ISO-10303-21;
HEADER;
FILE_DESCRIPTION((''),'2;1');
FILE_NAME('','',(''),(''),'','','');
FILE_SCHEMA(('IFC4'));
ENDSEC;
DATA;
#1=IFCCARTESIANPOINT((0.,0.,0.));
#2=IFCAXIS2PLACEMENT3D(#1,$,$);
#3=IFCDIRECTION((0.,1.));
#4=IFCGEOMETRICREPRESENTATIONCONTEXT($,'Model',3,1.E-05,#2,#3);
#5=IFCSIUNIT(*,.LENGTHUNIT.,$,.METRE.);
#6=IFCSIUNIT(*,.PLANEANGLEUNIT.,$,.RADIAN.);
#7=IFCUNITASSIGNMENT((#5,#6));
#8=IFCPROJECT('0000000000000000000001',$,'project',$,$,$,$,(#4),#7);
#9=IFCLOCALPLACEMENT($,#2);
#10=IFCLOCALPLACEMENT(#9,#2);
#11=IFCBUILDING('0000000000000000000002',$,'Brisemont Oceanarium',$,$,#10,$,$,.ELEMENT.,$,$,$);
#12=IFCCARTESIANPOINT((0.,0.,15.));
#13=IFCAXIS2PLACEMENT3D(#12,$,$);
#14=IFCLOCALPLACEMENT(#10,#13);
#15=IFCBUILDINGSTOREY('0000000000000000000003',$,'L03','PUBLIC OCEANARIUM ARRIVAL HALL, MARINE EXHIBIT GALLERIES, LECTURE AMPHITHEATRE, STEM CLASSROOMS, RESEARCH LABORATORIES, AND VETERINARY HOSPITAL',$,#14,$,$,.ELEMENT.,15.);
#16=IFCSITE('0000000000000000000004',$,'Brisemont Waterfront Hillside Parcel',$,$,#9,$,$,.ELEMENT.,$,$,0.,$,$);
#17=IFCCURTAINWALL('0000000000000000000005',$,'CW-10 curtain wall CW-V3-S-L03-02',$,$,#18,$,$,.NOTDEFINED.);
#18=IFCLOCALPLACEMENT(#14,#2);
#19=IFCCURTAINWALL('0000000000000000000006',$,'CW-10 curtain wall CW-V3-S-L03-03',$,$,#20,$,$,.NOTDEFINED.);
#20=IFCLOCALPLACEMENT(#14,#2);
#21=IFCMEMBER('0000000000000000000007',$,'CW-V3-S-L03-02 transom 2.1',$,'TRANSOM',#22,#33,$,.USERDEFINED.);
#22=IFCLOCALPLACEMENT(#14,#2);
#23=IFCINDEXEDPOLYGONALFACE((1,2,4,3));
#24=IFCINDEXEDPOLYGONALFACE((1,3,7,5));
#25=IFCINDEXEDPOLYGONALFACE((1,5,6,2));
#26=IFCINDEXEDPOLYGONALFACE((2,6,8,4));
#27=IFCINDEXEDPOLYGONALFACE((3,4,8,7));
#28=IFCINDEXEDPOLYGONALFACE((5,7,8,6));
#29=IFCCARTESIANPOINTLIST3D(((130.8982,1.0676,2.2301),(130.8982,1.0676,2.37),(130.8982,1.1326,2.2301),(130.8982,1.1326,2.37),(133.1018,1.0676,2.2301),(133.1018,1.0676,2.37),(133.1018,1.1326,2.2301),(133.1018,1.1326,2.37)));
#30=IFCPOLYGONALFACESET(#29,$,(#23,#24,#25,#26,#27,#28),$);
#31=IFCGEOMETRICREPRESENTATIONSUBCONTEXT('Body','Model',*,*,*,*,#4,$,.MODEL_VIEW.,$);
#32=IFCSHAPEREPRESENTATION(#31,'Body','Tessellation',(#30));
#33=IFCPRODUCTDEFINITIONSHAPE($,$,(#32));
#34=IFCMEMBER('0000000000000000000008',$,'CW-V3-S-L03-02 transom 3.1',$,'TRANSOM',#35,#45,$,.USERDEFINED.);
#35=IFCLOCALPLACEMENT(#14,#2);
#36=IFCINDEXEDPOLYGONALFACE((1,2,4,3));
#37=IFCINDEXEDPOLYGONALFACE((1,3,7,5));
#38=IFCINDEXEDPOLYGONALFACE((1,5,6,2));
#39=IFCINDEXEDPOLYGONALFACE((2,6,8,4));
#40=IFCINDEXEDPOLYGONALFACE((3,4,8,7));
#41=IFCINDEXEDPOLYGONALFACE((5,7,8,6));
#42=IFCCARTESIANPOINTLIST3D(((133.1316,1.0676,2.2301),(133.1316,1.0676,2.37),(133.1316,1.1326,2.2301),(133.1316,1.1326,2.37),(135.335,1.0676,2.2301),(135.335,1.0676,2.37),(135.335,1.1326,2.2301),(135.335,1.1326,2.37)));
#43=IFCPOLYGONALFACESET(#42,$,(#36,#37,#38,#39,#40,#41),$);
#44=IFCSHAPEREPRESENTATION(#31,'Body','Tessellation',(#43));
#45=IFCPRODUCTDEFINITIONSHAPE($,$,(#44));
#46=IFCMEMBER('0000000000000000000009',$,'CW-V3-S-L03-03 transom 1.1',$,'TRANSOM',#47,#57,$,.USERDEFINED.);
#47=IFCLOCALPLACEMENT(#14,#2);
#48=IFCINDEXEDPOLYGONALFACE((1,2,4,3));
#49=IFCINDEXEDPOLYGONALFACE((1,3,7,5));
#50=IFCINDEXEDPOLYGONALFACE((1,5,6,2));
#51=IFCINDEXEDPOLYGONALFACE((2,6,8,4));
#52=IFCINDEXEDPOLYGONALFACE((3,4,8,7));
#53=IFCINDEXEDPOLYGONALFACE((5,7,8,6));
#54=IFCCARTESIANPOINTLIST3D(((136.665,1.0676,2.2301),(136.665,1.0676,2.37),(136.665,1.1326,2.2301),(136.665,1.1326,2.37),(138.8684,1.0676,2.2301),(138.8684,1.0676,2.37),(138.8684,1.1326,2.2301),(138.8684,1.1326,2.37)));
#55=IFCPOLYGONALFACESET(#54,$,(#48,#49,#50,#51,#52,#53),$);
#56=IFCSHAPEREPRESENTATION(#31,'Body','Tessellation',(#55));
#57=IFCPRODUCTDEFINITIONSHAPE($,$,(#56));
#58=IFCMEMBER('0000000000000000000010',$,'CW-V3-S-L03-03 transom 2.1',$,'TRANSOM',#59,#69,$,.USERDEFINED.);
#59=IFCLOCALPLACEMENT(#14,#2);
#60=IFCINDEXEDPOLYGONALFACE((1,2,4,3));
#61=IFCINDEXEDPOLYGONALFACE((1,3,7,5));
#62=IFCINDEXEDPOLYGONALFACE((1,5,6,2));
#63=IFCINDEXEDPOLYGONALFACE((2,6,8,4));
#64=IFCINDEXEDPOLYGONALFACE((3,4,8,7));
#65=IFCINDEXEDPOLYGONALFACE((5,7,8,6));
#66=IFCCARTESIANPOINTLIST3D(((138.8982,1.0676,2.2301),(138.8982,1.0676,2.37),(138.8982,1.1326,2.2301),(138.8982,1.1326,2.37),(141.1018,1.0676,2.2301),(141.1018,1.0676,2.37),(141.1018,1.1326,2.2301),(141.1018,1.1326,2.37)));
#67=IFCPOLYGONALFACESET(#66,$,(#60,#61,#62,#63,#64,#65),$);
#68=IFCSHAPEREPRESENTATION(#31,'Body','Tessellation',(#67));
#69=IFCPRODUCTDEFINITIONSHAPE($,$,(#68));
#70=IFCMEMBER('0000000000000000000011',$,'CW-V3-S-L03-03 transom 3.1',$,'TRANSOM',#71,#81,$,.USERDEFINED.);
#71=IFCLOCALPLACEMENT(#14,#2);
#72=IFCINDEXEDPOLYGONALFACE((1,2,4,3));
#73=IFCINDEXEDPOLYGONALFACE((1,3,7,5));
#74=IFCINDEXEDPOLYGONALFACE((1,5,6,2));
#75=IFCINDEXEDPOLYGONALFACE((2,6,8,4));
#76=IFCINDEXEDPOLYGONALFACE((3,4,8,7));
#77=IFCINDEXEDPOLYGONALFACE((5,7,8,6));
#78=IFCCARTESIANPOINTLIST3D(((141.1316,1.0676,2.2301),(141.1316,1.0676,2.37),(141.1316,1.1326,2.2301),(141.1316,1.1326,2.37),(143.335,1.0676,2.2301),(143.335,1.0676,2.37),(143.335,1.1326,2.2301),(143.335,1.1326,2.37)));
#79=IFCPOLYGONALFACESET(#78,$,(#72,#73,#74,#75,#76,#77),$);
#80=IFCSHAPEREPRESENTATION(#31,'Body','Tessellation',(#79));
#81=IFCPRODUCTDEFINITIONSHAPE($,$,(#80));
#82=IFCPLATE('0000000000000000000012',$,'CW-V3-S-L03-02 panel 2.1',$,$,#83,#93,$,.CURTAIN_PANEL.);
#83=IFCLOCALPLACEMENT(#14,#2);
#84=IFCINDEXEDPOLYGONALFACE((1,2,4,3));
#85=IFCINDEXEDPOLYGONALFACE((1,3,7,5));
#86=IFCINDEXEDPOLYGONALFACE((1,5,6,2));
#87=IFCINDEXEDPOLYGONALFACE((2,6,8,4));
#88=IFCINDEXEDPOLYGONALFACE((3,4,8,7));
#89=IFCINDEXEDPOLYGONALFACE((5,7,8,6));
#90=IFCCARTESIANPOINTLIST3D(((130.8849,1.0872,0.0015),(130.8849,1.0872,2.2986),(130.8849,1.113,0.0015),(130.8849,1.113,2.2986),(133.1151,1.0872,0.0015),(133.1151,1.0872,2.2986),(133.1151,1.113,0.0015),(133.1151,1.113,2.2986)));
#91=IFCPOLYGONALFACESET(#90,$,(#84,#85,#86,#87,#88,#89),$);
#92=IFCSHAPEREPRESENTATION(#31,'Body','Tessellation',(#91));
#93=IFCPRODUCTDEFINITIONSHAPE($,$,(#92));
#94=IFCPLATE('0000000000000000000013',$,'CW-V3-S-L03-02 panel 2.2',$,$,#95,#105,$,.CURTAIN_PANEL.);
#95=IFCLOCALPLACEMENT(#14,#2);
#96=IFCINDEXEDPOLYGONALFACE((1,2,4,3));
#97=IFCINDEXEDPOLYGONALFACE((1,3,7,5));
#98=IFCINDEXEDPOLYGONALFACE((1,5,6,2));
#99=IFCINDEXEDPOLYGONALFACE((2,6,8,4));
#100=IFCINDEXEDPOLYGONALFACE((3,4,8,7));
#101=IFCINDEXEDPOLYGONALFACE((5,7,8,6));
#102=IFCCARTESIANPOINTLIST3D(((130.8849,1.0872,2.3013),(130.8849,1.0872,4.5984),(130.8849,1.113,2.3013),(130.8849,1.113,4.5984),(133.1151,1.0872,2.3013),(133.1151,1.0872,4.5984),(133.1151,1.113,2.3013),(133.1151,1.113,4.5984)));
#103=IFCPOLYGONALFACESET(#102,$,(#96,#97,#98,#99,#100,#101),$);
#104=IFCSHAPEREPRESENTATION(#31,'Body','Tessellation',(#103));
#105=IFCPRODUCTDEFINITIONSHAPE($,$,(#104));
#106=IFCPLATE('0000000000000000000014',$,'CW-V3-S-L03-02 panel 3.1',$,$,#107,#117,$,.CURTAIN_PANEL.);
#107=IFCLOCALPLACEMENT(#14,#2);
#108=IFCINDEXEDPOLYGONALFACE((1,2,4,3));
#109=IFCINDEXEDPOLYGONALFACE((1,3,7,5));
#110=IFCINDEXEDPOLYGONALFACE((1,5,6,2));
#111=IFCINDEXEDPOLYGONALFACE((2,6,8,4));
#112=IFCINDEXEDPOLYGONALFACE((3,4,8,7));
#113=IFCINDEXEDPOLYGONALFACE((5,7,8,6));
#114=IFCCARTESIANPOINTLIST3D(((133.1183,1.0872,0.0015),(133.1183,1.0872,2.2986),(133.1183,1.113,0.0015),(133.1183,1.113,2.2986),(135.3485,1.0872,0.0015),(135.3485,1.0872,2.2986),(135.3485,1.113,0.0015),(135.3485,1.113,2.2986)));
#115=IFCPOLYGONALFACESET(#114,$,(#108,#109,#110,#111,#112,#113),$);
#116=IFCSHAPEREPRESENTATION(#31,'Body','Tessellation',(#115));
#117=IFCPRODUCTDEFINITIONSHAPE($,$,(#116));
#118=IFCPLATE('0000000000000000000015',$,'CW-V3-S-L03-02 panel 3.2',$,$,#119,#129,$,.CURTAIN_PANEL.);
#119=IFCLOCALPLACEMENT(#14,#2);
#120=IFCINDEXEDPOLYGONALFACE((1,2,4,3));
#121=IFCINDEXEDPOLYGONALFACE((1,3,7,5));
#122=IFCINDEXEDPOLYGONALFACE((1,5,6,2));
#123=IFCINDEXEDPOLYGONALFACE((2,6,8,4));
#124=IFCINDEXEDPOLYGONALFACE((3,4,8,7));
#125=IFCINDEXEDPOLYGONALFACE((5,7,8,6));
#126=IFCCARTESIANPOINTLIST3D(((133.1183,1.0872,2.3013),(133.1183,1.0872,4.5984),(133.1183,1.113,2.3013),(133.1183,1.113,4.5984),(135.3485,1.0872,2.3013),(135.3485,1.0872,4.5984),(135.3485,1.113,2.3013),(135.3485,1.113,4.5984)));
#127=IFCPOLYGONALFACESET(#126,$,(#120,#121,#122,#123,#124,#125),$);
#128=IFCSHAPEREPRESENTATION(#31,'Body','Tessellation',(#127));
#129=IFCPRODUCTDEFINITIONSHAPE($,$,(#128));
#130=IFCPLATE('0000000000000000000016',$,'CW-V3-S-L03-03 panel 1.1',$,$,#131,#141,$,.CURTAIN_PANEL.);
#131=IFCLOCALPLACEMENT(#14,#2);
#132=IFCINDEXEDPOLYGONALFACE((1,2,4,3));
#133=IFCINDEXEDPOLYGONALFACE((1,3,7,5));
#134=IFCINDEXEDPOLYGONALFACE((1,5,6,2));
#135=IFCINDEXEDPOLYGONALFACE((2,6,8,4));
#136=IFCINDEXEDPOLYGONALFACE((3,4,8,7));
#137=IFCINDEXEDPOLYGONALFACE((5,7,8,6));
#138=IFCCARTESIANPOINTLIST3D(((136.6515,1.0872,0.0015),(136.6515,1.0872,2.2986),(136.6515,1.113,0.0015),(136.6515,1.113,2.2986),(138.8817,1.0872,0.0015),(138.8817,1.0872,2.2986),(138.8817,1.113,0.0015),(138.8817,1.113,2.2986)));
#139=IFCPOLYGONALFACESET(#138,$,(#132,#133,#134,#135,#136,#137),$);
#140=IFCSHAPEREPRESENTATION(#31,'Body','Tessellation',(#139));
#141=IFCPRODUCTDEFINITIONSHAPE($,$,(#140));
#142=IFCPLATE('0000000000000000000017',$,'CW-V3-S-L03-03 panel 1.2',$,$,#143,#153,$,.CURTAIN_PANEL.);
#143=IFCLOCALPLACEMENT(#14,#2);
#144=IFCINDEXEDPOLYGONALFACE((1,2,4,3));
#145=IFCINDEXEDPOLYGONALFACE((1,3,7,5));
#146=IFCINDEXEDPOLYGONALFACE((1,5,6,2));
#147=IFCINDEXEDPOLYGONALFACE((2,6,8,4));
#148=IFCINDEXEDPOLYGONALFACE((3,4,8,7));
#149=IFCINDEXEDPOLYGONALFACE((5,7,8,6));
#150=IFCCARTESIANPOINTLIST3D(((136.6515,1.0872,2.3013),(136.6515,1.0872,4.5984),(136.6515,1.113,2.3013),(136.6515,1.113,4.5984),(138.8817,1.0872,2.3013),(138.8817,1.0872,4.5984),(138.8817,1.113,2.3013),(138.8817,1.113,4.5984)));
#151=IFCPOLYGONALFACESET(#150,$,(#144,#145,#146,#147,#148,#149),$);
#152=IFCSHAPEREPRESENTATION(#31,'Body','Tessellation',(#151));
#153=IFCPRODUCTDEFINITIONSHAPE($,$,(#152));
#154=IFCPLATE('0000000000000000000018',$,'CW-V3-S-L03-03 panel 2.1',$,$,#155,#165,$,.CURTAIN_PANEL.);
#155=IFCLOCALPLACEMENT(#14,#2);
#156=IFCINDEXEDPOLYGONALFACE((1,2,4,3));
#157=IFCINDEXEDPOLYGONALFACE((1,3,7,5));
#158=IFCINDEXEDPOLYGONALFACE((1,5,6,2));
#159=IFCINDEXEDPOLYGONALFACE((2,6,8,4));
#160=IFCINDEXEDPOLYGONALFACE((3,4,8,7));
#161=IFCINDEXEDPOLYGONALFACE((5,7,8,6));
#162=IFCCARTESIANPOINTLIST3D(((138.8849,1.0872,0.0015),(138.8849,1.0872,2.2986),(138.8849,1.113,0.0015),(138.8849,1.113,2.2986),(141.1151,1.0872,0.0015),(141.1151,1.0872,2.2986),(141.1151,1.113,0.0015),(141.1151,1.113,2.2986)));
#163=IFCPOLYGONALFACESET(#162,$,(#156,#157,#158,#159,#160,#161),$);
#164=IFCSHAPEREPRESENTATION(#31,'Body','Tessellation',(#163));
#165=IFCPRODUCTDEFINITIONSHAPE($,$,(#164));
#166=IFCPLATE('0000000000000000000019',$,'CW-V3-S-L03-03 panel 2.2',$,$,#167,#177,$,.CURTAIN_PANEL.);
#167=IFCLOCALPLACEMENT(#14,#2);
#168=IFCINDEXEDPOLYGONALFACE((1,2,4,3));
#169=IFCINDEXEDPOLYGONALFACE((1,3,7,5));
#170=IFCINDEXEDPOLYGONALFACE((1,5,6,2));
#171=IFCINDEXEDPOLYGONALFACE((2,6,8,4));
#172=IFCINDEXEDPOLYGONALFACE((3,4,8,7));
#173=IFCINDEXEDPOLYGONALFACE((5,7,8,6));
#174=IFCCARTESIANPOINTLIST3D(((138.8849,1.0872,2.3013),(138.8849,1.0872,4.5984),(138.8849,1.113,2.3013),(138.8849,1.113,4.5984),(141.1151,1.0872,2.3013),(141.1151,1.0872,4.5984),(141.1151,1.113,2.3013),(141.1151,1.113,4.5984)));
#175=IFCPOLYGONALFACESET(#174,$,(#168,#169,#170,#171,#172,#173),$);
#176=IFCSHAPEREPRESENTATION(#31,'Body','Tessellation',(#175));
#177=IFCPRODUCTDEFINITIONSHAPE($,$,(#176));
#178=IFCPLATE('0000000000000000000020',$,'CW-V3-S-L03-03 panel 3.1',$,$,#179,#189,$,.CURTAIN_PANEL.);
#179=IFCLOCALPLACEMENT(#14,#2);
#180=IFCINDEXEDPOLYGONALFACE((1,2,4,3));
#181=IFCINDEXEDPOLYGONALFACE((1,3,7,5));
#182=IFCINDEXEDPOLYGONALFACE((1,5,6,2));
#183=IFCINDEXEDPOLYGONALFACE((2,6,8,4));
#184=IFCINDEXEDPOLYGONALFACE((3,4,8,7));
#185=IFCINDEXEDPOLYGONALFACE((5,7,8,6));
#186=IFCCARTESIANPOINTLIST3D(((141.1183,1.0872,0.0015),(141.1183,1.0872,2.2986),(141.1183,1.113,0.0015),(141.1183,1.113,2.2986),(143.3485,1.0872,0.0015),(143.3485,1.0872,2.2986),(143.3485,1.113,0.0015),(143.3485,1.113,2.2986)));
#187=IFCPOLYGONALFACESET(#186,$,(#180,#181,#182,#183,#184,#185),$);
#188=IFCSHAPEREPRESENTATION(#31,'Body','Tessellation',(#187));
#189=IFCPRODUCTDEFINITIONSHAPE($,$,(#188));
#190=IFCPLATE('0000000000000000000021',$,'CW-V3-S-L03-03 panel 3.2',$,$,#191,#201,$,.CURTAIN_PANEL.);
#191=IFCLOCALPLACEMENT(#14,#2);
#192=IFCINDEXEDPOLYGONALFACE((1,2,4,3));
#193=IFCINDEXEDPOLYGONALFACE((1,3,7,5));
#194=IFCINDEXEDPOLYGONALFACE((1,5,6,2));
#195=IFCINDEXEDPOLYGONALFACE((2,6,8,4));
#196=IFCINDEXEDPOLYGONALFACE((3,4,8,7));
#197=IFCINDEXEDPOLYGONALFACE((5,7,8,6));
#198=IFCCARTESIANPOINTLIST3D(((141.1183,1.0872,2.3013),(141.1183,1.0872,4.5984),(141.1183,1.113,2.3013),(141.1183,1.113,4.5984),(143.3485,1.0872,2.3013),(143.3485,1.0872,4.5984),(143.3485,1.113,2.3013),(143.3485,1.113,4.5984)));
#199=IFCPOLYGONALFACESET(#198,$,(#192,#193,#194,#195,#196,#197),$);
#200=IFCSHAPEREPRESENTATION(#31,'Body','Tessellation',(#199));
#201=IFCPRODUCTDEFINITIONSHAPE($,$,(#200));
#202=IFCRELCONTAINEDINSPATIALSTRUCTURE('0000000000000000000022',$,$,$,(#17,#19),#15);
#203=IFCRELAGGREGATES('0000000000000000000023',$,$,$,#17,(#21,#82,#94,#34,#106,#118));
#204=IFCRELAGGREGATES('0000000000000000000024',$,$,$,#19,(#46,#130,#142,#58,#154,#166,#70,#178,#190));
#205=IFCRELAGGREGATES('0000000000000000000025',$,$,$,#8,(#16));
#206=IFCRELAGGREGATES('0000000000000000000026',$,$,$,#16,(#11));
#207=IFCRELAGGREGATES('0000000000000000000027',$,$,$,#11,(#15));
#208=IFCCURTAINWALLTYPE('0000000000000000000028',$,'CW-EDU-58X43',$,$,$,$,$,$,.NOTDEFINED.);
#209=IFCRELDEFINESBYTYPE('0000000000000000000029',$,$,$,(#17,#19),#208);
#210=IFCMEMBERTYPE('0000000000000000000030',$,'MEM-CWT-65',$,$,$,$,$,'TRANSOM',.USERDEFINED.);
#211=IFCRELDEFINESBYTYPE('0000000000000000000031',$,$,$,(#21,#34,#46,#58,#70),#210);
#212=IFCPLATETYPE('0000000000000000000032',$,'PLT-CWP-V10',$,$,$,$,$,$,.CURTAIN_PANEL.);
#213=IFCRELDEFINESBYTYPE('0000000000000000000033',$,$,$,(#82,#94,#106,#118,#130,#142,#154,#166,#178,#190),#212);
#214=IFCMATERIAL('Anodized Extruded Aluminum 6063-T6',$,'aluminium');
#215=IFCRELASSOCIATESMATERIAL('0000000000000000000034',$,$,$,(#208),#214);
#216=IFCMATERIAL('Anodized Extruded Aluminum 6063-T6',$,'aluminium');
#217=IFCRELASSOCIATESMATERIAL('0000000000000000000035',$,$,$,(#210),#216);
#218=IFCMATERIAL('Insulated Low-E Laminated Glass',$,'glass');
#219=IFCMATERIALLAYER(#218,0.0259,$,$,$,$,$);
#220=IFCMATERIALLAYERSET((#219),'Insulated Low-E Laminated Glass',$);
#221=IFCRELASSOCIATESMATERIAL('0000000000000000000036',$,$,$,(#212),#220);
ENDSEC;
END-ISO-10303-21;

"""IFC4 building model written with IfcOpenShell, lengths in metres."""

from ifc_helpers import new_model, si_unit, direction, frame, origin, origin_2d, place, context, subcontext, project, spatial, rectangle, extrude, material, layer, layer_set, material_profile, profile_set, type_object, element, aggregate, save


model = new_model("IFC4")

# Units and contexts
model_context = context("Model", 3, precision=1e-05, world=origin(), true_north=direction((0.0, 1.0)))
body_context = subcontext(model_context, "Body", "Model", "MODEL_VIEW")
ifc_project = project(units=[si_unit("LENGTHUNIT", "METRE"), si_unit("PLANEANGLEUNIT", "RADIAN")], contexts=[model_context])

# Site, building, storey
site_placement = place(None, origin())
site = spatial("IfcSite", under=ifc_project, at=site_placement, Name="Brisemont Waterfront Hillside Parcel", CompositionType="ELEMENT", RefElevation=0.0)
building_placement = place(site_placement, origin())
building = spatial("IfcBuilding", under=site, at=building_placement, Name="Brisemont Oceanarium", CompositionType="ELEMENT")
storey_placement = place(building_placement, frame((0.0, 0.0, 15.0)))
storey = spatial("IfcBuildingStorey", under=building, at=storey_placement, Name="L03", Description="PUBLIC OCEANARIUM ARRIVAL HALL, MARINE EXHIBIT GALLERIES, LECTURE AMPHITHEATRE, STEM CLASSROOMS, RESEARCH LABORATORIES, AND VETERINARY HOSPITAL", CompositionType="ELEMENT", Elevation=15.0)

# Curtain walls
ifc_material_1 = material(Name="Anodized Extruded Aluminum 6063-T6", Category="aluminium")
curtain_wall_type = type_object("IfcCurtainWallType", Name="CW-EDU-58X43", PredefinedType="NOTDEFINED", material=ifc_material_1)
curtain_wall_1_placement = place(storey_placement, origin())
curtain_wall_1 = element("IfcCurtainWall", 1, at=curtain_wall_1_placement, inside=storey, type_object=curtain_wall_type, Name="CW-10 curtain wall CW-V3-S-L03-02", PredefinedType="NOTDEFINED")
curtain_wall_2_placement = place(storey_placement, origin())
curtain_wall_2 = element("IfcCurtainWall", 2, at=curtain_wall_2_placement, inside=storey, type_object=curtain_wall_type, Name="CW-10 curtain wall CW-V3-S-L03-03", PredefinedType="NOTDEFINED")

# Members
ifc_material_2 = material(Name="Anodized Extruded Aluminum 6063-T6", Category="aluminium")
ifc_material_profile_1 = material_profile(ifc_material_2, rectangle(XDim=0.0649, YDim=0.1399, at=origin_2d()), Name="CWT-65X140")
ifc_profile_set_1 = profile_set([ifc_material_profile_1], Name="Anodized Extruded Aluminum 6063-T6")
member_type_1 = type_object("IfcMemberType", Name="MEM-CWT-65", ElementType="TRANSOM", PredefinedType="USERDEFINED", material=ifc_profile_set_1)
member_1_placement = place(storey_placement, frame((130.8982, 1.1001, 2.3), z_axis=(1.0, 0.0, 0.0), x_axis=(0.0, 1.0, 0.0)))
member_1 = element("IfcMember", 3, at=member_1_placement, type_object=member_type_1, Name="CW-V3-S-L03-02 transom 2.1", ObjectType="TRANSOM", PredefinedType="USERDEFINED", context=body_context, shape_type="SweptSolid", body=[
    extrude(rectangle(XDim=0.0649, YDim=0.1399, at=origin_2d()), origin(), (0.0, 0.0, 1.0), 2.2036),
])
member_2_placement = place(storey_placement, frame((133.1316, 1.1001, 2.3), z_axis=(1.0, 0.0, 0.0), x_axis=(0.0, 1.0, 0.0)))
member_2 = element("IfcMember", 4, at=member_2_placement, type_object=member_type_1, Name="CW-V3-S-L03-02 transom 3.1", ObjectType="TRANSOM", PredefinedType="USERDEFINED", context=body_context, shape_type="SweptSolid", body=[
    extrude(rectangle(XDim=0.0649, YDim=0.1399, at=origin_2d()), origin(), (0.0, 0.0, 1.0), 2.2034),
])
member_3_placement = place(storey_placement, frame((136.665, 1.1001, 2.3), z_axis=(1.0, 0.0, 0.0), x_axis=(0.0, 1.0, 0.0)))
member_3 = element("IfcMember", 5, at=member_3_placement, type_object=member_type_1, Name="CW-V3-S-L03-03 transom 1.1", ObjectType="TRANSOM", PredefinedType="USERDEFINED", context=body_context, shape_type="SweptSolid", body=[
    extrude(rectangle(XDim=0.0649, YDim=0.1399, at=origin_2d()), origin(), (0.0, 0.0, 1.0), 2.2034),
])
member_4_placement = place(storey_placement, frame((138.8982, 1.1001, 2.3), z_axis=(1.0, 0.0, 0.0), x_axis=(0.0, 1.0, 0.0)))
member_4 = element("IfcMember", 6, at=member_4_placement, type_object=member_type_1, Name="CW-V3-S-L03-03 transom 2.1", ObjectType="TRANSOM", PredefinedType="USERDEFINED", context=body_context, shape_type="SweptSolid", body=[
    extrude(rectangle(XDim=0.0649, YDim=0.1399, at=origin_2d()), origin(), (0.0, 0.0, 1.0), 2.2036),
])
member_5_placement = place(storey_placement, frame((141.1316, 1.1001, 2.3), z_axis=(1.0, 0.0, 0.0), x_axis=(0.0, 1.0, 0.0)))
member_5 = element("IfcMember", 7, at=member_5_placement, type_object=member_type_1, Name="CW-V3-S-L03-03 transom 3.1", ObjectType="TRANSOM", PredefinedType="USERDEFINED", context=body_context, shape_type="SweptSolid", body=[
    extrude(rectangle(XDim=0.0649, YDim=0.1399, at=origin_2d()), origin(), (0.0, 0.0, 1.0), 2.2034),
])

# Plates
ifc_material_3 = material(Name="Insulated Low-E Laminated Glass", Category="glass")
ifc_layer = layer(ifc_material_3, 0.0259)
ifc_layer_set = layer_set([ifc_layer], Name="Insulated Low-E Laminated Glass")
plate_type = type_object("IfcPlateType", Name="PLT-CWP-V10", PredefinedType="CURTAIN_PANEL", material=ifc_layer_set)
plate_1_placement = place(storey_placement, frame((132.0, 1.1001, 0.0015), z_axis=(0.0, 0.0, 1.0), x_axis=(1.0, 0.0, 0.0)))
plate_1 = element("IfcPlate", 8, at=plate_1_placement, type_object=plate_type, Name="CW-V3-S-L03-02 panel 2.1", PredefinedType="CURTAIN_PANEL", context=body_context, shape_type="SweptSolid", body=[
    extrude(rectangle(XDim=2.2302, YDim=0.0259, at=origin_2d()), origin(), (0.0, 0.0, 1.0), 2.2971),
])
plate_2_placement = place(storey_placement, frame((132.0, 1.1001, 2.3013), z_axis=(0.0, 0.0, 1.0), x_axis=(1.0, 0.0, 0.0)))
plate_2 = element("IfcPlate", 9, at=plate_2_placement, type_object=plate_type, Name="CW-V3-S-L03-02 panel 2.2", PredefinedType="CURTAIN_PANEL", context=body_context, shape_type="SweptSolid", body=[
    extrude(rectangle(XDim=2.2302, YDim=0.0259, at=origin_2d()), origin(), (0.0, 0.0, 1.0), 2.2971),
])
plate_3_placement = place(storey_placement, frame((134.2334, 1.1001, 0.0015), z_axis=(0.0, 0.0, 1.0), x_axis=(1.0, 0.0, 0.0)))
plate_3 = element("IfcPlate", 10, at=plate_3_placement, type_object=plate_type, Name="CW-V3-S-L03-02 panel 3.1", PredefinedType="CURTAIN_PANEL", context=body_context, shape_type="SweptSolid", body=[
    extrude(rectangle(XDim=2.2302, YDim=0.0259, at=origin_2d()), origin(), (0.0, 0.0, 1.0), 2.2971),
])
plate_4_placement = place(storey_placement, frame((134.2334, 1.1001, 2.3013), z_axis=(0.0, 0.0, 1.0), x_axis=(1.0, 0.0, 0.0)))
plate_4 = element("IfcPlate", 11, at=plate_4_placement, type_object=plate_type, Name="CW-V3-S-L03-02 panel 3.2", PredefinedType="CURTAIN_PANEL", context=body_context, shape_type="SweptSolid", body=[
    extrude(rectangle(XDim=2.2302, YDim=0.0259, at=origin_2d()), origin(), (0.0, 0.0, 1.0), 2.2971),
])
aggregate(curtain_wall_1, [member_1, plate_1, plate_2, member_2, plate_3, plate_4])
plate_5_placement = place(storey_placement, frame((137.7666, 1.1001, 0.0015), z_axis=(0.0, 0.0, 1.0), x_axis=(1.0, 0.0, 0.0)))
plate_5 = element("IfcPlate", 12, at=plate_5_placement, type_object=plate_type, Name="CW-V3-S-L03-03 panel 1.1", PredefinedType="CURTAIN_PANEL", context=body_context, shape_type="SweptSolid", body=[
    extrude(rectangle(XDim=2.2302, YDim=0.0259, at=origin_2d()), origin(), (0.0, 0.0, 1.0), 2.2971),
])
plate_6_placement = place(storey_placement, frame((137.7666, 1.1001, 2.3013), z_axis=(0.0, 0.0, 1.0), x_axis=(1.0, 0.0, 0.0)))
plate_6 = element("IfcPlate", 13, at=plate_6_placement, type_object=plate_type, Name="CW-V3-S-L03-03 panel 1.2", PredefinedType="CURTAIN_PANEL", context=body_context, shape_type="SweptSolid", body=[
    extrude(rectangle(XDim=2.2302, YDim=0.0259, at=origin_2d()), origin(), (0.0, 0.0, 1.0), 2.2971),
])
plate_7_placement = place(storey_placement, frame((140.0, 1.1001, 0.0015), z_axis=(0.0, 0.0, 1.0), x_axis=(1.0, 0.0, 0.0)))
plate_7 = element("IfcPlate", 14, at=plate_7_placement, type_object=plate_type, Name="CW-V3-S-L03-03 panel 2.1", PredefinedType="CURTAIN_PANEL", context=body_context, shape_type="SweptSolid", body=[
    extrude(rectangle(XDim=2.2302, YDim=0.0259, at=origin_2d()), origin(), (0.0, 0.0, 1.0), 2.2971),
])
plate_8_placement = place(storey_placement, frame((140.0, 1.1001, 2.3013), z_axis=(0.0, 0.0, 1.0), x_axis=(1.0, 0.0, 0.0)))
plate_8 = element("IfcPlate", 15, at=plate_8_placement, type_object=plate_type, Name="CW-V3-S-L03-03 panel 2.2", PredefinedType="CURTAIN_PANEL", context=body_context, shape_type="SweptSolid", body=[
    extrude(rectangle(XDim=2.2302, YDim=0.0259, at=origin_2d()), origin(), (0.0, 0.0, 1.0), 2.2971),
])
plate_9_placement = place(storey_placement, frame((142.2334, 1.1001, 0.0015), z_axis=(0.0, 0.0, 1.0), x_axis=(1.0, 0.0, 0.0)))
plate_9 = element("IfcPlate", 16, at=plate_9_placement, type_object=plate_type, Name="CW-V3-S-L03-03 panel 3.1", PredefinedType="CURTAIN_PANEL", context=body_context, shape_type="SweptSolid", body=[
    extrude(rectangle(XDim=2.2302, YDim=0.0259, at=origin_2d()), origin(), (0.0, 0.0, 1.0), 2.2971),
])
plate_10_placement = place(storey_placement, frame((142.2334, 1.1001, 2.3013), z_axis=(0.0, 0.0, 1.0), x_axis=(1.0, 0.0, 0.0)))
plate_10 = element("IfcPlate", 17, at=plate_10_placement, type_object=plate_type, Name="CW-V3-S-L03-03 panel 3.2", PredefinedType="CURTAIN_PANEL", context=body_context, shape_type="SweptSolid", body=[
    extrude(rectangle(XDim=2.2302, YDim=0.0259, at=origin_2d()), origin(), (0.0, 0.0, 1.0), 2.2971),
])
aggregate(curtain_wall_2, [member_3, plate_5, plate_6, member_4, plate_7, plate_8, member_5, plate_9, plate_10])

save(model, "model.ifc")
